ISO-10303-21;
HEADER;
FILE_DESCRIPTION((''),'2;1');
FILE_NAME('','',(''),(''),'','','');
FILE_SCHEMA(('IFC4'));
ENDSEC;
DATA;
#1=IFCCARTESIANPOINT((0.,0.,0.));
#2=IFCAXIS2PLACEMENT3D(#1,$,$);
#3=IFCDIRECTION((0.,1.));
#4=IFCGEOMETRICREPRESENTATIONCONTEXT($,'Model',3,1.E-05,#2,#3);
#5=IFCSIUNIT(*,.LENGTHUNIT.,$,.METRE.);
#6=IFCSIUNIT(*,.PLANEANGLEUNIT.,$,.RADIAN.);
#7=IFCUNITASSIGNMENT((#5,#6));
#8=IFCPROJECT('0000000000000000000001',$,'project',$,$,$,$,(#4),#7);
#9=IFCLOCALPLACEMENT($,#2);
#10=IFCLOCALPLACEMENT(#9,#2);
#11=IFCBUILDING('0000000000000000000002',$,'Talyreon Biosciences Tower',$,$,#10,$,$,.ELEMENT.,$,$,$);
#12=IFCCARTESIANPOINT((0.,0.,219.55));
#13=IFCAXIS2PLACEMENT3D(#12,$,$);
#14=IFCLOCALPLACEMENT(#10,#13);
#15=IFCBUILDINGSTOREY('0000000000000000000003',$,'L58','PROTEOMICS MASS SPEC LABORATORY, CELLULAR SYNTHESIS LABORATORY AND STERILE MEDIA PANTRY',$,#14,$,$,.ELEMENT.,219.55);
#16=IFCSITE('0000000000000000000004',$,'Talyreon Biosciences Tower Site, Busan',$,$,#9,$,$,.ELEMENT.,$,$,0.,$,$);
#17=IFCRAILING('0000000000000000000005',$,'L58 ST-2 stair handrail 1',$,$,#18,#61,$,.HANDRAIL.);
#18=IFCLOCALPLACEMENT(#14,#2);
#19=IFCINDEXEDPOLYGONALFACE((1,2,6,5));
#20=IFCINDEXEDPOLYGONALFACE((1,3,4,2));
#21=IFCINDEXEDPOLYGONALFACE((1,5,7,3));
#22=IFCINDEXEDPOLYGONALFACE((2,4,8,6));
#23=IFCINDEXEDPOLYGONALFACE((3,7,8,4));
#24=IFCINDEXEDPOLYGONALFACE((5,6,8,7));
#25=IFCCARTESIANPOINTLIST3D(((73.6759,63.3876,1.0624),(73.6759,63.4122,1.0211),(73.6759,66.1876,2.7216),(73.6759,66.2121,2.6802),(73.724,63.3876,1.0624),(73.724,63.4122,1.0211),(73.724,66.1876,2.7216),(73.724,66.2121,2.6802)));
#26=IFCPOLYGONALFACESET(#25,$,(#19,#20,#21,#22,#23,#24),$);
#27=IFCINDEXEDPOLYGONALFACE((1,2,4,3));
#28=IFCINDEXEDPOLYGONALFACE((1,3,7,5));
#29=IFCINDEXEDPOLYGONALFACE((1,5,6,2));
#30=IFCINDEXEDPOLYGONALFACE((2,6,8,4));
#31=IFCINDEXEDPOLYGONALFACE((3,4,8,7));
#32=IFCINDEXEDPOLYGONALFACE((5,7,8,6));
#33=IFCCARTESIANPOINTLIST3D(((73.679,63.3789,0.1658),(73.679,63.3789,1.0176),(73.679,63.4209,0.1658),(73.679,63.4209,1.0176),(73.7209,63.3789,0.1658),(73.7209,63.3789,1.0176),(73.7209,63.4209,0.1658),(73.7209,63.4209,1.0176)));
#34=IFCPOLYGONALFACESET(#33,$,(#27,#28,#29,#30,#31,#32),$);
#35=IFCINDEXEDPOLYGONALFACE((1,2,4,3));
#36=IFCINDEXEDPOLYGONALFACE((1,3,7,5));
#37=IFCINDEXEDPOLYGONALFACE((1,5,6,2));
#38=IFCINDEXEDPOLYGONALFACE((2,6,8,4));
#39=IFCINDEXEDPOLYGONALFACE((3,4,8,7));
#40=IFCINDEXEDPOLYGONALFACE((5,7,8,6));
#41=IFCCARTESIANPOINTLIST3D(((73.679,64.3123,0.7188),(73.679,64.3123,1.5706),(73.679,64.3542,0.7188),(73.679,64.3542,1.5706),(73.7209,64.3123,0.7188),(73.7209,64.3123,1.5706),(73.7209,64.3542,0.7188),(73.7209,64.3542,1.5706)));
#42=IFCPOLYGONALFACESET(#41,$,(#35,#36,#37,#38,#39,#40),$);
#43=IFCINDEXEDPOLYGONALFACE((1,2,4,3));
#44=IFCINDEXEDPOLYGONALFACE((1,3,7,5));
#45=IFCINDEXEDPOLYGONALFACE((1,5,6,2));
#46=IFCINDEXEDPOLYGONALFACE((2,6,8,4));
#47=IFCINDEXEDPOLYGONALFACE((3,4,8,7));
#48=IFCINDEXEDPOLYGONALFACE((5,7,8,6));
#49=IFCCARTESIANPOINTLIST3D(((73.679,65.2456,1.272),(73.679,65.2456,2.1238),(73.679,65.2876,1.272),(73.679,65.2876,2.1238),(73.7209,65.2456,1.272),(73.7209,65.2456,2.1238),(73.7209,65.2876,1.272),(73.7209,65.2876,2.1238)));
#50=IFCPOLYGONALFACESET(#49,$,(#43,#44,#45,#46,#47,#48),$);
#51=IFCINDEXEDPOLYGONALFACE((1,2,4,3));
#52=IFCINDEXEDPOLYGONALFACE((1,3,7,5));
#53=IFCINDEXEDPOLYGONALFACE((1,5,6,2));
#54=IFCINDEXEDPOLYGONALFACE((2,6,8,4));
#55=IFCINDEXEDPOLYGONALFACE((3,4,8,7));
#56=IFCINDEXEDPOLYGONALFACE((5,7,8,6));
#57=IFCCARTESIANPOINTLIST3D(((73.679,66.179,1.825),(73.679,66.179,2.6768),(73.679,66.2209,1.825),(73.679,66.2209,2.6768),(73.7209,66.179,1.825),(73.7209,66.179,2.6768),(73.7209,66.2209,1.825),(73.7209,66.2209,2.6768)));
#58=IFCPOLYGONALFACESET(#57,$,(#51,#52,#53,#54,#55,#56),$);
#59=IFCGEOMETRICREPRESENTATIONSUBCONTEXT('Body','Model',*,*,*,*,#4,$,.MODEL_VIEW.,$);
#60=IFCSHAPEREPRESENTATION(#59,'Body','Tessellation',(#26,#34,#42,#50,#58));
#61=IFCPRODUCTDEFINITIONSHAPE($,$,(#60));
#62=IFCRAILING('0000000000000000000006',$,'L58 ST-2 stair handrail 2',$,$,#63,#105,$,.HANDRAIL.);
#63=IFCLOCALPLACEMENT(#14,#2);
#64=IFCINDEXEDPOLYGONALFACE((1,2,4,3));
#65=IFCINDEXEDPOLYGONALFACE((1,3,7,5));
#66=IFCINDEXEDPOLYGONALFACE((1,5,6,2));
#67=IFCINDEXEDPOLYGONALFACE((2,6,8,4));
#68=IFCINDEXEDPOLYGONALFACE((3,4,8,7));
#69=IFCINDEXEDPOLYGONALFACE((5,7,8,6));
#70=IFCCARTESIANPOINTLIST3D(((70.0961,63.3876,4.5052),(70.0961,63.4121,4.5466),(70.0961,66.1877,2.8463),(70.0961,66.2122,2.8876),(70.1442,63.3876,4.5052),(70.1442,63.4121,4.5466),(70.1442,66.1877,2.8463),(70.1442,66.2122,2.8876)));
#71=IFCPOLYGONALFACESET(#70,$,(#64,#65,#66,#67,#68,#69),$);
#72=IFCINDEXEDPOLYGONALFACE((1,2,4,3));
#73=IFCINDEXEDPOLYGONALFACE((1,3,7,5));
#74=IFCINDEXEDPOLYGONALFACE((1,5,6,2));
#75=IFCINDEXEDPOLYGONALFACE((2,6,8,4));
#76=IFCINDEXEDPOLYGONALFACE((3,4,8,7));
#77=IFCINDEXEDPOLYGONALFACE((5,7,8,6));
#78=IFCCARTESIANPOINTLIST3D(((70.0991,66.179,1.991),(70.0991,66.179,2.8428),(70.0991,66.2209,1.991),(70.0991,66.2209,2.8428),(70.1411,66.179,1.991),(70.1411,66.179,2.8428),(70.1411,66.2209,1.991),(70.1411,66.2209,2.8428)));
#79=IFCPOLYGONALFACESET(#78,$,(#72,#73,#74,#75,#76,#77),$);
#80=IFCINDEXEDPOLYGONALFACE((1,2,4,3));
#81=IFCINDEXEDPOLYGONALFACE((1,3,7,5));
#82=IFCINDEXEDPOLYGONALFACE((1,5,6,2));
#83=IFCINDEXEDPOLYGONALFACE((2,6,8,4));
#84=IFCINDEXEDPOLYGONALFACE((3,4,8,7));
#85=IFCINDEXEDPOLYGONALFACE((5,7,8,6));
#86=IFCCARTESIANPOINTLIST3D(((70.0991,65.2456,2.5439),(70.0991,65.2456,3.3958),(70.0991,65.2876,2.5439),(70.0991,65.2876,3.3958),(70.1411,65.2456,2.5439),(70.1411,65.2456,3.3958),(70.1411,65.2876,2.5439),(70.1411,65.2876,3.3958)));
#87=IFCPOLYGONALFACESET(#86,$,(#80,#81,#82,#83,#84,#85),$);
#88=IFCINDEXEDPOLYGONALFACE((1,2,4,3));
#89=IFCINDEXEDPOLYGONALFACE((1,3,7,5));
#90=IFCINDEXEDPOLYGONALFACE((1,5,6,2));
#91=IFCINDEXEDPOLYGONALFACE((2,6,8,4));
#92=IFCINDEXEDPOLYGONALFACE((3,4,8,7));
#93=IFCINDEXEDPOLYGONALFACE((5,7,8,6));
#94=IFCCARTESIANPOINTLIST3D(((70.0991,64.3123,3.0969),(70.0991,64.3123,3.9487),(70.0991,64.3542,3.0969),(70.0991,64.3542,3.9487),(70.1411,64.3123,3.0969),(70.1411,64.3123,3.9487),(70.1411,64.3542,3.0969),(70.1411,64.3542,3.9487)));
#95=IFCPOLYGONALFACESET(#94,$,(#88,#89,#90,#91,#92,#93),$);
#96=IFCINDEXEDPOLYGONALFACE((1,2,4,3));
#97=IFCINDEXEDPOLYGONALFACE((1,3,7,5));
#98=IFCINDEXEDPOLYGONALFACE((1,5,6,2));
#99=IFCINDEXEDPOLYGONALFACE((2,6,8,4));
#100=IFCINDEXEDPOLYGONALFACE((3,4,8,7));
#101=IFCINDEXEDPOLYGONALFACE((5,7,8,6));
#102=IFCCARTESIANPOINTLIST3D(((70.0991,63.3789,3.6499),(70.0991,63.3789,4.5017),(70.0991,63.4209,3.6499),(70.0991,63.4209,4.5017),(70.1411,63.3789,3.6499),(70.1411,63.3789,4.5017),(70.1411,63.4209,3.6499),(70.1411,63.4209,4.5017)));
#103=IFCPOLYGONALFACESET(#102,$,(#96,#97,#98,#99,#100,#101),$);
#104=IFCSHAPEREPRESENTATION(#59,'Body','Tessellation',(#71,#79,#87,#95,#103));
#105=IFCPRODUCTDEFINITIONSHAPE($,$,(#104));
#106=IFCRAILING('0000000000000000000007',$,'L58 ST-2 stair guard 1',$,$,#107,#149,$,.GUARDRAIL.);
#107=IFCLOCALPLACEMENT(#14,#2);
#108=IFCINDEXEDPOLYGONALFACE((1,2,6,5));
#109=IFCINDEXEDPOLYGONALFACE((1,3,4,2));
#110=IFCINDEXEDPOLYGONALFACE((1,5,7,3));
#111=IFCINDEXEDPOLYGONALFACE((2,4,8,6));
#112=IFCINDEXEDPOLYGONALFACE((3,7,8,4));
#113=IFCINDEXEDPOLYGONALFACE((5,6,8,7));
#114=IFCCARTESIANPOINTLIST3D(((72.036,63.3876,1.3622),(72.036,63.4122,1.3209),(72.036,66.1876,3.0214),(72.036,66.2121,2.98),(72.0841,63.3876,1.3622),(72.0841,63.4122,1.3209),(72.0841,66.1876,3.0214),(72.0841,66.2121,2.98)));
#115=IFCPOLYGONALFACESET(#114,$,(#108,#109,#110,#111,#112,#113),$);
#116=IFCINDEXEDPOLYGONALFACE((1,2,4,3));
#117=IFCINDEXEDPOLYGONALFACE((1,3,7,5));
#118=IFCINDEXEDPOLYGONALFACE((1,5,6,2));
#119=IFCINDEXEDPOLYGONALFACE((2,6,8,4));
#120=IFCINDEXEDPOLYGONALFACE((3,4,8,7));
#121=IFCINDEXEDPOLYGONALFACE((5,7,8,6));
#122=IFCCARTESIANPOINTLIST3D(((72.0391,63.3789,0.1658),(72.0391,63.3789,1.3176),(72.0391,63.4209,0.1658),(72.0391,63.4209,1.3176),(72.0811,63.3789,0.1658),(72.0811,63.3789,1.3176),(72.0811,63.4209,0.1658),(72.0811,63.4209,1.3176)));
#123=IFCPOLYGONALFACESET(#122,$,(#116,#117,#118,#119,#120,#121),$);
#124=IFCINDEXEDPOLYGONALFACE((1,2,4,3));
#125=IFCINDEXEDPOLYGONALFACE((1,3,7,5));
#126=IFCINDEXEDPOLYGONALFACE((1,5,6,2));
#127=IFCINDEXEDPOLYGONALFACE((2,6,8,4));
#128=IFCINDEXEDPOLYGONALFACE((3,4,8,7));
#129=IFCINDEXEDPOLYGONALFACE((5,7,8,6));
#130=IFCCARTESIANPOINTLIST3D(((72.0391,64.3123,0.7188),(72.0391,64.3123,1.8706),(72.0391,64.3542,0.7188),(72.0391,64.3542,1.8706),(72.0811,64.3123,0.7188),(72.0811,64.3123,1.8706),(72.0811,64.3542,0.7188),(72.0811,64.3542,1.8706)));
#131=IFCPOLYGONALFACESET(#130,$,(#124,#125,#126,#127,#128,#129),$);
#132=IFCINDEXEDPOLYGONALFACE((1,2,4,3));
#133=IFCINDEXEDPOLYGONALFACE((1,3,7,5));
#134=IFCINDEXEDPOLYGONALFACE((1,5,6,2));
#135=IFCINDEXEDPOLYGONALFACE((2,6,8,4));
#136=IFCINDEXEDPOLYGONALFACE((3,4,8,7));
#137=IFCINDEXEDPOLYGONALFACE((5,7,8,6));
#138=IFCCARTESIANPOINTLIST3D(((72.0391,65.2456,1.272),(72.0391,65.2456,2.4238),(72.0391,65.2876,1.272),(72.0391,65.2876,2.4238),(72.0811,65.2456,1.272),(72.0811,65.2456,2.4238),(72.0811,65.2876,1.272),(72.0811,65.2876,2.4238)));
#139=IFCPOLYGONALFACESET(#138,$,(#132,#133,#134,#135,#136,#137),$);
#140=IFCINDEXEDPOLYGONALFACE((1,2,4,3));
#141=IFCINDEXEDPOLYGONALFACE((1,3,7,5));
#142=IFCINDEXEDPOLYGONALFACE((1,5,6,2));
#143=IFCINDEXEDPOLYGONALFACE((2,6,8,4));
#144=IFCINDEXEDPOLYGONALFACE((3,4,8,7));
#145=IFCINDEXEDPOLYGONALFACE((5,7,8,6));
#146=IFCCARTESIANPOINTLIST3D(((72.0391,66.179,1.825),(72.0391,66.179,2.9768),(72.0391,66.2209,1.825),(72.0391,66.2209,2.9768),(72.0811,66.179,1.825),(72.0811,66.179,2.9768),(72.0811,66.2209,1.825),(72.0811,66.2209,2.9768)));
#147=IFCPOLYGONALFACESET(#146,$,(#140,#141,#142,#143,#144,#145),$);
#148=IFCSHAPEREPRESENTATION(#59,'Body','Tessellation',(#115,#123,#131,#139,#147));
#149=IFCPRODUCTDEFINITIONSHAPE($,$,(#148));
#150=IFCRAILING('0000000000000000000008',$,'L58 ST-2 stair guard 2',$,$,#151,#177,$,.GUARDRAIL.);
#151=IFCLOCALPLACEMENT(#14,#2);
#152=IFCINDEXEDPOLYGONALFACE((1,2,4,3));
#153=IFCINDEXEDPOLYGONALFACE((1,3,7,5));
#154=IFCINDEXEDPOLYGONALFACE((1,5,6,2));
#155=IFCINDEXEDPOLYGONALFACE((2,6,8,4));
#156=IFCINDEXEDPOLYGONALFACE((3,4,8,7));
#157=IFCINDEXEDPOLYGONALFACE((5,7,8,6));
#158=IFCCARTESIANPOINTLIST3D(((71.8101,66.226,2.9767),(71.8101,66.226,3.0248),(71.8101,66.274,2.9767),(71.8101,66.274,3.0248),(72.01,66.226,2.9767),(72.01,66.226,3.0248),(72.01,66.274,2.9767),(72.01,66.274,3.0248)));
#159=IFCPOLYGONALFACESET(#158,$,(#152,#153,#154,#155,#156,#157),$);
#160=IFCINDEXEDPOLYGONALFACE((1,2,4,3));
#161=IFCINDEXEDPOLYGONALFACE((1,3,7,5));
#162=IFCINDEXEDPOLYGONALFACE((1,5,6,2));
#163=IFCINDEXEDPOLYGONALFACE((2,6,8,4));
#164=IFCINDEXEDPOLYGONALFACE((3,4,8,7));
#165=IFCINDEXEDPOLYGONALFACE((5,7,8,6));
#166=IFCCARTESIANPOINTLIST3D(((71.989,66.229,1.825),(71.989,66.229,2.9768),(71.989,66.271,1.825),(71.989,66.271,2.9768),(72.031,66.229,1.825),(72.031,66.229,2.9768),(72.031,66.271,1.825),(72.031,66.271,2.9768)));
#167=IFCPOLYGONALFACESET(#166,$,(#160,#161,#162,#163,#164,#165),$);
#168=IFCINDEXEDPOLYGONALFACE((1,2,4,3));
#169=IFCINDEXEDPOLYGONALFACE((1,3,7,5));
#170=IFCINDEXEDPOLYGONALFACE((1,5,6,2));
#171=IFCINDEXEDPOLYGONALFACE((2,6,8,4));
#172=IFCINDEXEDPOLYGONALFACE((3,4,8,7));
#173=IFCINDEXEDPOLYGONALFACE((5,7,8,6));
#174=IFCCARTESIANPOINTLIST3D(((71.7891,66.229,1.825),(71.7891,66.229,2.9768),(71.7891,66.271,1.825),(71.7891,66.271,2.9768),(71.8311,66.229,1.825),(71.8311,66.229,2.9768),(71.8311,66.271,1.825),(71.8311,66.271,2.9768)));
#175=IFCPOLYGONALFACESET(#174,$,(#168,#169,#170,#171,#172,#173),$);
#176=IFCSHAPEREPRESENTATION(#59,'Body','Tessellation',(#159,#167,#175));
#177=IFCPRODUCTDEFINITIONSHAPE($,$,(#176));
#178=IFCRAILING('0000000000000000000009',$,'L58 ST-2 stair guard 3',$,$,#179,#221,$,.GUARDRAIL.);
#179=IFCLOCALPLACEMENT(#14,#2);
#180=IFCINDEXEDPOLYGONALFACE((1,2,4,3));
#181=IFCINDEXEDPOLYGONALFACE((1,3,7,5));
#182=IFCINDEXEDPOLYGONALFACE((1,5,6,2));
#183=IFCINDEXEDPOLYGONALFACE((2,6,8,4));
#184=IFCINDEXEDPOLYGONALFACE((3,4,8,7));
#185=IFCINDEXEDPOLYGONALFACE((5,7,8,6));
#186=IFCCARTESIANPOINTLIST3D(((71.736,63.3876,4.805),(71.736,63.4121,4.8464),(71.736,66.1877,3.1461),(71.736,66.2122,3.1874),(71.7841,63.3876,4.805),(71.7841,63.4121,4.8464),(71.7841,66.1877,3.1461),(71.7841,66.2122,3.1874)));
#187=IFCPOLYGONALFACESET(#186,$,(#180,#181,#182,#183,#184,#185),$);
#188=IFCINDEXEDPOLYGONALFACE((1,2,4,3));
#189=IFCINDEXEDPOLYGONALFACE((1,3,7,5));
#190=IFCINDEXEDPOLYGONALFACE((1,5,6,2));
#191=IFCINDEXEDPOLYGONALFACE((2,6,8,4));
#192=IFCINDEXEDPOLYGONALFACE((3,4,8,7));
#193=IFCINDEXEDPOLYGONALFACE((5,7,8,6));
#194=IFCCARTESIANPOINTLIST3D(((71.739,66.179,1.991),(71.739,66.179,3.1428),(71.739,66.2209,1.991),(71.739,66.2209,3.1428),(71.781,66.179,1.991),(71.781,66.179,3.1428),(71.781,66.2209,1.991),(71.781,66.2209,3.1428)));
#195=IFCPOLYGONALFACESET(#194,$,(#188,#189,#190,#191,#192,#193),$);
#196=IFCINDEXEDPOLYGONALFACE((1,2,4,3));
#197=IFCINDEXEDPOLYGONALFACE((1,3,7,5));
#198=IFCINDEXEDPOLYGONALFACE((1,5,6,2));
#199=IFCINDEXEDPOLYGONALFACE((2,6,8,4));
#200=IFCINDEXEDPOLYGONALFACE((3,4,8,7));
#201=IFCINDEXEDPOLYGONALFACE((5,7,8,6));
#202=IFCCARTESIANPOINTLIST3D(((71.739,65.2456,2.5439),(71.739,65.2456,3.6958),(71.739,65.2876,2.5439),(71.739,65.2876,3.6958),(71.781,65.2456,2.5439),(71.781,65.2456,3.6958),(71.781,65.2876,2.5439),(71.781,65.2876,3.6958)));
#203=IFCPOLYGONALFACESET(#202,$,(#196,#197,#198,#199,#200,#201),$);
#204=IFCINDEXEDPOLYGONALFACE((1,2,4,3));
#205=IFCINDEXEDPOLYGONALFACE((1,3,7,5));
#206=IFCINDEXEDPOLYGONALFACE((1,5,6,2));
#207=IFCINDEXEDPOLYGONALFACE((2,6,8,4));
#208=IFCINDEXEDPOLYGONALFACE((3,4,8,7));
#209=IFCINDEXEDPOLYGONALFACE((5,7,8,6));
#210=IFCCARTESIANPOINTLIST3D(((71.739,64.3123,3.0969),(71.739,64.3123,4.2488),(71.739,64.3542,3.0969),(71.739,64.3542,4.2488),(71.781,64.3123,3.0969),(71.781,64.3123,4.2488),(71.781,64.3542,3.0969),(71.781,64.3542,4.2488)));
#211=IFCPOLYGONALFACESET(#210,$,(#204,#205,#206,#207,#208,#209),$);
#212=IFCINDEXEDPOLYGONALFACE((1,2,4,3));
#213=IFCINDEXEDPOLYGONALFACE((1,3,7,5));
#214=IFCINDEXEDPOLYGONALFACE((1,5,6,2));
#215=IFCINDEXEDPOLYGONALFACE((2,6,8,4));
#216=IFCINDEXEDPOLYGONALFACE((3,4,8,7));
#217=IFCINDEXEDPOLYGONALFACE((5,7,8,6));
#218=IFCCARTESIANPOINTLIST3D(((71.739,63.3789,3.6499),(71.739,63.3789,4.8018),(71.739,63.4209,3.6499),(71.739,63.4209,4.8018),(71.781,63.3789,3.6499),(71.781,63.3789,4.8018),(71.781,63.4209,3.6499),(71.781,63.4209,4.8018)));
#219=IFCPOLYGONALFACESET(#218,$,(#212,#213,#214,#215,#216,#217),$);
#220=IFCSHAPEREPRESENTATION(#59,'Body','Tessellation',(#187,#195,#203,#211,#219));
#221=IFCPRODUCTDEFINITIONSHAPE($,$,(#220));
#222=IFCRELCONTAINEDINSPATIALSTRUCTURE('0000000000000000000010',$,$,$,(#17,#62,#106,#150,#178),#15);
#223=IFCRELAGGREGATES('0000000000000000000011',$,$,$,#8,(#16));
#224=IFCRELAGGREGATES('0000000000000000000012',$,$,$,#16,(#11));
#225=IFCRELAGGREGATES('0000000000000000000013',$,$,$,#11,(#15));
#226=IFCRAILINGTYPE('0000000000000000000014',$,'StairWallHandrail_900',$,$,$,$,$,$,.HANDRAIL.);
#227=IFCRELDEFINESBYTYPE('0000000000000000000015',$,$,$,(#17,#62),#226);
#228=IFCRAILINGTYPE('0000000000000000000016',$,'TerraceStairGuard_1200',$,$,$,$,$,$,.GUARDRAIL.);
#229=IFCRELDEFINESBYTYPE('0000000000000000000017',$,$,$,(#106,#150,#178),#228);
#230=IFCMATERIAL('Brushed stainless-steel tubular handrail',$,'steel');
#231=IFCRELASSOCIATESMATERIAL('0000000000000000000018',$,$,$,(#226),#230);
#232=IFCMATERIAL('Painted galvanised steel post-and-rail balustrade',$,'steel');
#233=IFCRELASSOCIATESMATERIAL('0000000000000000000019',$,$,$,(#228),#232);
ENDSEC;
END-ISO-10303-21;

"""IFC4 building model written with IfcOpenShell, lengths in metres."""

from ifc_helpers import new_model, si_unit, direction, frame, origin, origin_2d, place, context, subcontext, project, spatial, rectangle, extrude, material, type_object, element, save


model = new_model("IFC4")

# Units and contexts
model_context = context("Model", 3, precision=1e-05, world=origin(), true_north=direction((0.0, 1.0)))
body_context = subcontext(model_context, "Body", "Model", "MODEL_VIEW")
ifc_project = project(units=[si_unit("LENGTHUNIT", "METRE"), si_unit("PLANEANGLEUNIT", "RADIAN")], contexts=[model_context])

# Site, building, storey
site_placement = place(None, origin())
site = spatial("IfcSite", under=ifc_project, at=site_placement, Name="Talyreon Biosciences Tower Site, Busan", CompositionType="ELEMENT", RefElevation=0.0)
building_placement = place(site_placement, origin())
building = spatial("IfcBuilding", under=site, at=building_placement, Name="Talyreon Biosciences Tower", CompositionType="ELEMENT")
storey_placement = place(building_placement, frame((0.0, 0.0, 219.55)))
storey = spatial("IfcBuildingStorey", under=building, at=storey_placement, Name="L58", Description="PROTEOMICS MASS SPEC LABORATORY, CELLULAR SYNTHESIS LABORATORY AND STERILE MEDIA PANTRY", CompositionType="ELEMENT", Elevation=219.55)

# Railings
ifc_material_1 = material(Name="Brushed stainless-steel tubular handrail", Category="steel")
railing_type_1 = type_object("IfcRailingType", Name="StairWallHandrail_900", PredefinedType="HANDRAIL", material=ifc_material_1)
railing_1_placement = place(storey_placement, frame((73.7, 63.3999, 0.1658)))
element("IfcRailing", 1, at=railing_1_placement, inside=storey, type_object=railing_type_1, Name="L58 ST-2 stair handrail 1", PredefinedType="HANDRAIL", context=body_context, shape_type="SweptSolid", body=[
    extrude(rectangle(XDim=0.0481, YDim=0.0481, at=origin_2d()), frame((0.0, 0.0, 0.876), z_axis=(0.0, 0.860306, 0.509778), x_axis=(-1.0, 0.0, 0.0)), (0.0, 0.0, 1.0), 3.2546),
    extrude(rectangle(XDim=0.042, YDim=0.042, at=origin_2d()), origin(), (0.0, 0.0, 1.0), 0.8518),
    extrude(rectangle(XDim=0.042, YDim=0.042, at=origin_2d()), frame((0.0, 0.9333, 0.553)), (0.0, 0.0, 1.0), 0.8518),
    extrude(rectangle(XDim=0.042, YDim=0.042, at=origin_2d()), frame((0.0, 1.8667, 1.1062)), (0.0, 0.0, 1.0), 0.8518),
    extrude(rectangle(XDim=0.042, YDim=0.042, at=origin_2d()), frame((0.0, 2.8, 1.6592)), (0.0, 0.0, 1.0), 0.8518),
])
railing_2_placement = place(storey_placement, frame((70.1201, 66.2, 1.991)))
element("IfcRailing", 2, at=railing_2_placement, inside=storey, type_object=railing_type_1, Name="L58 ST-2 stair handrail 2", PredefinedType="HANDRAIL", context=body_context, shape_type="SweptSolid", body=[
    extrude(rectangle(XDim=0.0481, YDim=0.0481, at=origin_2d()), frame((0.0, 0.0, 0.876), z_axis=(0.0, -0.860339, 0.509722), x_axis=(1.0, 0.0, 0.0)), (0.0, 0.0, 1.0), 3.2546),
    extrude(rectangle(XDim=0.042, YDim=0.042, at=origin_2d()), origin(), (0.0, 0.0, 1.0), 0.8518),
    extrude(rectangle(XDim=0.042, YDim=0.042, at=origin_2d()), frame((0.0, -0.9333, 0.553)), (0.0, 0.0, 1.0), 0.8518),
    extrude(rectangle(XDim=0.042, YDim=0.042, at=origin_2d()), frame((0.0, -1.8667, 1.106)), (0.0, 0.0, 1.0), 0.8518),
    extrude(rectangle(XDim=0.042, YDim=0.042, at=origin_2d()), frame((0.0, -2.8, 1.6589)), (0.0, 0.0, 1.0), 0.8518),
])
ifc_material_2 = material(Name="Painted galvanised steel post-and-rail balustrade", Category="steel")
railing_type_2 = type_object("IfcRailingType", Name="TerraceStairGuard_1200", PredefinedType="GUARDRAIL", material=ifc_material_2)
railing_3_placement = place(storey_placement, frame((72.0601, 63.3999, 0.1658)))
element("IfcRailing", 3, at=railing_3_placement, inside=storey, type_object=railing_type_2, Name="L58 ST-2 stair guard 1", PredefinedType="GUARDRAIL", context=body_context, shape_type="SweptSolid", body=[
    extrude(rectangle(XDim=0.0481, YDim=0.0481, at=origin_2d()), frame((0.0, 0.0, 1.1758), z_axis=(0.0, 0.860306, 0.509778), x_axis=(-1.0, 0.0, 0.0)), (0.0, 0.0, 1.0), 3.2546),
    extrude(rectangle(XDim=0.042, YDim=0.042, at=origin_2d()), origin(), (0.0, 0.0, 1.0), 1.1519),
    extrude(rectangle(XDim=0.042, YDim=0.042, at=origin_2d()), frame((0.0, 0.9333, 0.553)), (0.0, 0.0, 1.0), 1.1519),
    extrude(rectangle(XDim=0.042, YDim=0.042, at=origin_2d()), frame((0.0, 1.8667, 1.1062)), (0.0, 0.0, 1.0), 1.1519),
    extrude(rectangle(XDim=0.042, YDim=0.042, at=origin_2d()), frame((0.0, 2.8, 1.6592)), (0.0, 0.0, 1.0), 1.1519),
])
railing_4_placement = place(storey_placement, frame((72.01, 66.25, 1.825)))
element("IfcRailing", 4, at=railing_4_placement, inside=storey, type_object=railing_type_2, Name="L58 ST-2 stair guard 2", PredefinedType="GUARDRAIL", context=body_context, shape_type="SweptSolid", body=[
    extrude(rectangle(XDim=0.0481, YDim=0.0481, at=origin_2d()), frame((0.0, 0.0, 1.1758), z_axis=(-1.0, 0.0, 0.0), x_axis=(0.0, -1.0, 0.0)), (0.0, 0.0, 1.0), 0.2),
    extrude(rectangle(XDim=0.042, YDim=0.042, at=origin_2d()), origin(), (0.0, 0.0, 1.0), 1.1519),
    extrude(rectangle(XDim=0.042, YDim=0.042, at=origin_2d()), frame((-0.2, 0.0, 0.0)), (0.0, 0.0, 1.0), 1.1519),
])
railing_5_placement = place(storey_placement, frame((71.76, 66.2, 1.991)))
element("IfcRailing", 5, at=railing_5_placement, inside=storey, type_object=railing_type_2, Name="L58 ST-2 stair guard 3", PredefinedType="GUARDRAIL", context=body_context, shape_type="SweptSolid", body=[
    extrude(rectangle(XDim=0.0481, YDim=0.0481, at=origin_2d()), frame((0.0, 0.0, 1.1758), z_axis=(0.0, -0.860339, 0.509722), x_axis=(1.0, 0.0, 0.0)), (0.0, 0.0, 1.0), 3.2546),
    extrude(rectangle(XDim=0.042, YDim=0.042, at=origin_2d()), origin(), (0.0, 0.0, 1.0), 1.1519),
    extrude(rectangle(XDim=0.042, YDim=0.042, at=origin_2d()), frame((0.0, -0.9333, 0.553)), (0.0, 0.0, 1.0), 1.1519),
    extrude(rectangle(XDim=0.042, YDim=0.042, at=origin_2d()), frame((0.0, -1.8667, 1.106)), (0.0, 0.0, 1.0), 1.1519),
    extrude(rectangle(XDim=0.042, YDim=0.042, at=origin_2d()), frame((0.0, -2.8, 1.6589)), (0.0, 0.0, 1.0), 1.1519),
])

save(model, "model.ifc")
